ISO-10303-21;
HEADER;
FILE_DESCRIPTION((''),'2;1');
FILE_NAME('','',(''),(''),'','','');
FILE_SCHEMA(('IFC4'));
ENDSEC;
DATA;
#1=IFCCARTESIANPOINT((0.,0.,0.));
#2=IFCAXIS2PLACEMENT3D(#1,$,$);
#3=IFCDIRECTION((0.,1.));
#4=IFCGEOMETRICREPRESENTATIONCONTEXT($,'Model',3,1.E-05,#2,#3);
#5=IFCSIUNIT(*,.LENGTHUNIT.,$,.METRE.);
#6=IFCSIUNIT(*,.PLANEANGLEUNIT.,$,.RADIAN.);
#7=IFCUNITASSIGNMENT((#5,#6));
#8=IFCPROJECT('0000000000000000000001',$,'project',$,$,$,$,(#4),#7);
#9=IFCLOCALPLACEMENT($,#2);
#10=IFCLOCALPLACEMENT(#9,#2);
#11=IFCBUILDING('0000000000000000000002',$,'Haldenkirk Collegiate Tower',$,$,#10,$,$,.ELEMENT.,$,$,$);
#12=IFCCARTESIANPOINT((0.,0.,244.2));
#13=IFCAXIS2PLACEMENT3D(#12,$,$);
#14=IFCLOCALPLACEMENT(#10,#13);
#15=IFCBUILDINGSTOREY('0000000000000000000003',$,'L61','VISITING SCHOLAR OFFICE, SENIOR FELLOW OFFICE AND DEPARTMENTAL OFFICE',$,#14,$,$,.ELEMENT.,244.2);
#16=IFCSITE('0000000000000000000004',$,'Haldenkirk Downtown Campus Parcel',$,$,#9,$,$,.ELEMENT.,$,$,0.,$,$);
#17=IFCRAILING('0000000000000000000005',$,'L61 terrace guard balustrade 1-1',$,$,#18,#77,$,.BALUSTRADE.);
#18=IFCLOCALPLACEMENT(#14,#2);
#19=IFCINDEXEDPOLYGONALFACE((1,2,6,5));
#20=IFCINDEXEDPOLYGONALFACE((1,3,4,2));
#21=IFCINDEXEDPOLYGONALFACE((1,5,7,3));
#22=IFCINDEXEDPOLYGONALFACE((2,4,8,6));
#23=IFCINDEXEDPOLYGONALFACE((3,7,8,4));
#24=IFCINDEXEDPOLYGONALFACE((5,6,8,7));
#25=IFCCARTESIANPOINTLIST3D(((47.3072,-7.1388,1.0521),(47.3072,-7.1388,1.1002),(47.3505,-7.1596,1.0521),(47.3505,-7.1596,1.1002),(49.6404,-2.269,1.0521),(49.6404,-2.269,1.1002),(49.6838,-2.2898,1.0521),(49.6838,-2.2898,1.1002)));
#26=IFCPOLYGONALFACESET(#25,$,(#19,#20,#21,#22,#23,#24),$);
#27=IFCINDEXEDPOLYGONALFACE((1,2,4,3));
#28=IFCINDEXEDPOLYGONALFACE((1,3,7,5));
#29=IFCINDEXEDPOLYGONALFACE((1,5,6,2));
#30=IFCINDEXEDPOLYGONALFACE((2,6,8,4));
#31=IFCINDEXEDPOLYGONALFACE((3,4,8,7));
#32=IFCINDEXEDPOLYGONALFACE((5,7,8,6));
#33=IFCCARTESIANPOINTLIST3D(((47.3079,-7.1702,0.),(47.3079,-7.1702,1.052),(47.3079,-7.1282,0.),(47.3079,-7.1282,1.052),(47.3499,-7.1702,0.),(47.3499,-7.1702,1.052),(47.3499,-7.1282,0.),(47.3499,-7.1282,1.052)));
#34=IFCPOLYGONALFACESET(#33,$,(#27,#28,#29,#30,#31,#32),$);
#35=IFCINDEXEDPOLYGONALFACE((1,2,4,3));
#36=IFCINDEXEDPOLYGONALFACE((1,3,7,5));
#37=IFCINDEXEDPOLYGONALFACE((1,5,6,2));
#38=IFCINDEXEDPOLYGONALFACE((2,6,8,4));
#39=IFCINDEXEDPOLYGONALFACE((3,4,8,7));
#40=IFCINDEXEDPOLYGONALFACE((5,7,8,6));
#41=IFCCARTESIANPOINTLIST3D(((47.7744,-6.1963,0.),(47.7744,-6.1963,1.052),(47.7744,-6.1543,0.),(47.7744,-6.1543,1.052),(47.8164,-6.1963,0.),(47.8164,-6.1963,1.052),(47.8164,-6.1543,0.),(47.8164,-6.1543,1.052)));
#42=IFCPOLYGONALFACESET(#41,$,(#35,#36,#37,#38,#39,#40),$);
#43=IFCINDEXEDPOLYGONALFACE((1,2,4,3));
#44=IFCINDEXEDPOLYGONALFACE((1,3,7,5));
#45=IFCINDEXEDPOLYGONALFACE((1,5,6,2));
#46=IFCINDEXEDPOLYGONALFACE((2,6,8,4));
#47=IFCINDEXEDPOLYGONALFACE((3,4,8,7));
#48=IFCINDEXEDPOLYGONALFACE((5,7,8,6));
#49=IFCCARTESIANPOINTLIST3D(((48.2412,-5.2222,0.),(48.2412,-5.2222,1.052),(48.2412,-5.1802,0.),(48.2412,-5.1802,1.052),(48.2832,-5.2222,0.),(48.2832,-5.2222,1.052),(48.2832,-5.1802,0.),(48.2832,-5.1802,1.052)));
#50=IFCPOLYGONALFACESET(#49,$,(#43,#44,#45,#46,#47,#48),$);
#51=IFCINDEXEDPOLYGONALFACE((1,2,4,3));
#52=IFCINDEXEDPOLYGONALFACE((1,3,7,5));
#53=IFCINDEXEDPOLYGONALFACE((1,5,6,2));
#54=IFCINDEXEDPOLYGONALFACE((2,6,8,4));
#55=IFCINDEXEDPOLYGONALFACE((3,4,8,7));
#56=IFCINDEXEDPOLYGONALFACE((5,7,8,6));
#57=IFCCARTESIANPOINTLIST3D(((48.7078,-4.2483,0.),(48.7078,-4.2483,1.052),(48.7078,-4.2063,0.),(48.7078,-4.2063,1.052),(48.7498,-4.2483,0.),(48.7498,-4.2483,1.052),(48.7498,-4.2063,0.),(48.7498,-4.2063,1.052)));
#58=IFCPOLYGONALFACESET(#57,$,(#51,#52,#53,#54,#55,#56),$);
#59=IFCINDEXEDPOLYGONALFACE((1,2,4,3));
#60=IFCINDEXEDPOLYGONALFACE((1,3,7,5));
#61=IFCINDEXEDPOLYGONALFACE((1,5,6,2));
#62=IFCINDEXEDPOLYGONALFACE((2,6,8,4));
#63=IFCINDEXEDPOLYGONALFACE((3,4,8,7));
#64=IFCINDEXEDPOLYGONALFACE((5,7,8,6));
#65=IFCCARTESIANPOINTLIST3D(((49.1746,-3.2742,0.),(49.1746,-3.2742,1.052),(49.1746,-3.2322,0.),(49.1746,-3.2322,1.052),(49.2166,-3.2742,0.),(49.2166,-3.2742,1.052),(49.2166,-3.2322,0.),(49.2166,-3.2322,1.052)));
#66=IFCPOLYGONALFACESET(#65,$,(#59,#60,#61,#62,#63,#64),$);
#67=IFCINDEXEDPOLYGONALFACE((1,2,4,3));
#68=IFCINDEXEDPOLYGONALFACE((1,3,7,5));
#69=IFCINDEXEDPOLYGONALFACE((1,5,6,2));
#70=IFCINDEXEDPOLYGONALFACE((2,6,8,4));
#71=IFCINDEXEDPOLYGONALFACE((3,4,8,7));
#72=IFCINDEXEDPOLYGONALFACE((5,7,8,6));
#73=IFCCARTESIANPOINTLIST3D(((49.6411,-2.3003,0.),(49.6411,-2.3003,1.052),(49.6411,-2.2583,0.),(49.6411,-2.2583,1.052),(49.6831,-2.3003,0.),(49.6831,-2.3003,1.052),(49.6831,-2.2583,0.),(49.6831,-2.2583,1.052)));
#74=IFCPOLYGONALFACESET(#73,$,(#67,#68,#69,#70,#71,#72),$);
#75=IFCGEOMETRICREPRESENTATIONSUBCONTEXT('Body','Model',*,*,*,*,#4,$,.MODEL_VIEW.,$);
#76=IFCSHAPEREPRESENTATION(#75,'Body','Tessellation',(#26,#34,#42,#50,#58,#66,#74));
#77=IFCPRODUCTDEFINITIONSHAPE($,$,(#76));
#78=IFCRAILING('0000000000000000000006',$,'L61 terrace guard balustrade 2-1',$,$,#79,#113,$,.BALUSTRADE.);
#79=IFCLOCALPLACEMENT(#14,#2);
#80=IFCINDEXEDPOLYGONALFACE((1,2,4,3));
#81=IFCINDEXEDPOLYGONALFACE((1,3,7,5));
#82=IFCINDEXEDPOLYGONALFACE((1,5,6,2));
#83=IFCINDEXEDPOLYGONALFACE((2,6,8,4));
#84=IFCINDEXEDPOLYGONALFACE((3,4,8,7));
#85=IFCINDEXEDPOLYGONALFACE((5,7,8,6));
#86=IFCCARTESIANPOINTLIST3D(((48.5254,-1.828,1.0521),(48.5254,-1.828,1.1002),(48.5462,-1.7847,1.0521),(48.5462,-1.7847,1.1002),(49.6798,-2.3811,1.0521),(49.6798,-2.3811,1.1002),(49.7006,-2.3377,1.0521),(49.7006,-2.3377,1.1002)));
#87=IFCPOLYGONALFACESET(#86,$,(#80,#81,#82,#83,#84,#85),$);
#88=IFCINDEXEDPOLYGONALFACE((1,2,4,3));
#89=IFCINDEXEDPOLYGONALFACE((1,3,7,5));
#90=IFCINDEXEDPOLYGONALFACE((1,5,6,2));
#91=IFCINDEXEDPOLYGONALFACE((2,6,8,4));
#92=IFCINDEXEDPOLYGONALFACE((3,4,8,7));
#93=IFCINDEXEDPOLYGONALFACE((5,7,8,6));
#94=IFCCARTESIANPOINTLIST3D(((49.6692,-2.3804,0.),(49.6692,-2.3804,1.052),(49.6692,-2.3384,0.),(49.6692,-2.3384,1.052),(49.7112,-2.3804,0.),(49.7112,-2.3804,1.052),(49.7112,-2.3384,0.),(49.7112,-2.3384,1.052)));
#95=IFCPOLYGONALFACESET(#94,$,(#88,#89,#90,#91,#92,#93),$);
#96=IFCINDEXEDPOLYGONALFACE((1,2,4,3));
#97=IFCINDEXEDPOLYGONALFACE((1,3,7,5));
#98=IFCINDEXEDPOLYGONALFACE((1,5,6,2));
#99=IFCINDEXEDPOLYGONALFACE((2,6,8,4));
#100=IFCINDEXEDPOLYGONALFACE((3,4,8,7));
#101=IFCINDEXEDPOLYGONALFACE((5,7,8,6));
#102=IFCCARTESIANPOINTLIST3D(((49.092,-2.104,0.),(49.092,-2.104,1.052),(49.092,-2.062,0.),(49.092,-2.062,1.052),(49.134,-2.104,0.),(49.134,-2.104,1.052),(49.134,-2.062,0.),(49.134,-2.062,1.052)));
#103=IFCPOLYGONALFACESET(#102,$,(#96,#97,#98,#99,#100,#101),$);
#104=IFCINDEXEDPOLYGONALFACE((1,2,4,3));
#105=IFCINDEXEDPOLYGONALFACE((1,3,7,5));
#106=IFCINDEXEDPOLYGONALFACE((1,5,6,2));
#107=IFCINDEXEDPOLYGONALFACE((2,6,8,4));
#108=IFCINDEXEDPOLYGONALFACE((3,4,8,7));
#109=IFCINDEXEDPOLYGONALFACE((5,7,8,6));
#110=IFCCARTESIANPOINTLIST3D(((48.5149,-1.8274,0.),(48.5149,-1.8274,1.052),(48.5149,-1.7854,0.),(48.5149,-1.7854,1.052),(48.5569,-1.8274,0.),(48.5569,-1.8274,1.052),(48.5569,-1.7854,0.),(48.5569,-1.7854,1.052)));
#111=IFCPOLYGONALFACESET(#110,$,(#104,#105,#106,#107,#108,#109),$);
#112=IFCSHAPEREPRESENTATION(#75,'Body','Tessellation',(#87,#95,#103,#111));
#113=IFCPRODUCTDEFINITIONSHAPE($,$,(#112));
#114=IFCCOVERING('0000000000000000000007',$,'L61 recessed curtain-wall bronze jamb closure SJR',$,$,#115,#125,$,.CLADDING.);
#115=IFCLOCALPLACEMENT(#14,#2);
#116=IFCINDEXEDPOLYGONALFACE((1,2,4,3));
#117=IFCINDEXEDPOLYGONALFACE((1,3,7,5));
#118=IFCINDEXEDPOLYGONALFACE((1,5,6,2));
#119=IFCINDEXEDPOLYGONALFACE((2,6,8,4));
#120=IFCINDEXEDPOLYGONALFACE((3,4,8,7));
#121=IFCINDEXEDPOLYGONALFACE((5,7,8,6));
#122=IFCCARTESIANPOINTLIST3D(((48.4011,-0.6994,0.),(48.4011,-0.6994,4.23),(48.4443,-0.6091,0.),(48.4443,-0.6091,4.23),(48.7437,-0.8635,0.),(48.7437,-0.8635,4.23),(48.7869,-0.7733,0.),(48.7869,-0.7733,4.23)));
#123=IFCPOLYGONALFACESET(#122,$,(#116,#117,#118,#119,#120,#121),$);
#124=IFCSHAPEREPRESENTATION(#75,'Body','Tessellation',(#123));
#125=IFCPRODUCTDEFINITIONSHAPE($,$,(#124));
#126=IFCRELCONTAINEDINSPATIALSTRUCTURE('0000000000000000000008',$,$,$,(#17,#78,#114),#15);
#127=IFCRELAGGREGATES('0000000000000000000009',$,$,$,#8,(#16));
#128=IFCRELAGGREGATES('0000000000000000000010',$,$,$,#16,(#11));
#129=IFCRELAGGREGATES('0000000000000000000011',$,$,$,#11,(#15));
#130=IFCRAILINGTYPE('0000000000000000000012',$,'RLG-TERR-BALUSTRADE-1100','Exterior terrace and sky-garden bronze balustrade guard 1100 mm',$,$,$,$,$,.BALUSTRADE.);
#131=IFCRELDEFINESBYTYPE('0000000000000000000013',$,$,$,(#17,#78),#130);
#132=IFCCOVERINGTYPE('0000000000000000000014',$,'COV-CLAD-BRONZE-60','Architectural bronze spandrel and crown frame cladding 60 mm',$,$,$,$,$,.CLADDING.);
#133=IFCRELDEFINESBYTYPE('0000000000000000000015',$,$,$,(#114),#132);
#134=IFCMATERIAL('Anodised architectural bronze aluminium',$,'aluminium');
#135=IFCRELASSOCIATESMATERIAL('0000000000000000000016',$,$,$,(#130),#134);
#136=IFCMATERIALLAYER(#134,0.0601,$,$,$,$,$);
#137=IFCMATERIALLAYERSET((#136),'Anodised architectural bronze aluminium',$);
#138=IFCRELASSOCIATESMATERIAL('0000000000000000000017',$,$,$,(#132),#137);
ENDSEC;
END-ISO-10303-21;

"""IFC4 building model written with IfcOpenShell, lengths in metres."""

from ifc_helpers import new_model, si_unit, direction, frame, origin, origin_2d, place, context, subcontext, project, spatial, rectangle, extrude, source, transform, mapped, material, layer, layer_set, type_object, element, save


model = new_model("IFC4")

# Units and contexts
model_context = context("Model", 3, precision=1e-05, world=origin(), true_north=direction((0.0, 1.0)))
body_context = subcontext(model_context, "Body", "Model", "MODEL_VIEW")
ifc_project = project(units=[si_unit("LENGTHUNIT", "METRE"), si_unit("PLANEANGLEUNIT", "RADIAN")], contexts=[model_context])

# Site, building, storey
site_placement = place(None, origin())
site = spatial("IfcSite", under=ifc_project, at=site_placement, Name="Haldenkirk Downtown Campus Parcel", CompositionType="ELEMENT", RefElevation=0.0)
building_placement = place(site_placement, origin())
building = spatial("IfcBuilding", under=site, at=building_placement, Name="Haldenkirk Collegiate Tower", CompositionType="ELEMENT")
storey_placement = place(building_placement, frame((0.0, 0.0, 244.2)))
storey = spatial("IfcBuildingStorey", under=building, at=storey_placement, Name="L61", Description="VISITING SCHOLAR OFFICE, SENIOR FELLOW OFFICE AND DEPARTMENTAL OFFICE", CompositionType="ELEMENT", Elevation=244.2)

# Shared definitions
ifc_material_1 = material(Name="Anodised architectural bronze aluminium", Category="aluminium")

# Railings
railing_type = type_object("IfcRailingType", Name="RLG-TERR-BALUSTRADE-1100", Description="Exterior terrace and sky-garden bronze balustrade guard 1100 mm", PredefinedType="BALUSTRADE", material=ifc_material_1)
railing_1_placement = place(storey_placement, frame((47.3289, -7.1492, 0.0)))
element("IfcRailing", 1, at=railing_1_placement, inside=storey, type_object=railing_type, Name="L61 terrace guard balustrade 1-1", PredefinedType="BALUSTRADE", context=body_context, shape_type="SweptSolid", body=[
    extrude(rectangle(XDim=0.0481, YDim=0.0481, at=origin_2d()), frame((0.0, 0.0, 1.0762), z_axis=(0.432086, 0.901833, 0.0), x_axis=(-0.901833, 0.432086, 0.0)), (0.0, 0.0, 1.0), 5.3999),
    extrude(rectangle(XDim=0.042, YDim=0.042, at=origin_2d()), origin(), (0.0, 0.0, 1.0), 1.052),
    extrude(rectangle(XDim=0.042, YDim=0.042, at=origin_2d()), frame((0.4666, 0.9739, 0.0)), (0.0, 0.0, 1.0), 1.052),
    extrude(rectangle(XDim=0.042, YDim=0.042, at=origin_2d()), frame((0.9333, 1.948, 0.0)), (0.0, 0.0, 1.0), 1.052),
    extrude(rectangle(XDim=0.042, YDim=0.042, at=origin_2d()), frame((1.3999, 2.9219, 0.0)), (0.0, 0.0, 1.0), 1.052),
    extrude(rectangle(XDim=0.042, YDim=0.042, at=origin_2d()), frame((1.8667, 3.896, 0.0)), (0.0, 0.0, 1.0), 1.052),
    extrude(rectangle(XDim=0.042, YDim=0.042, at=origin_2d()), frame((2.3333, 4.8699, 0.0)), (0.0, 0.0, 1.0), 1.052),
])
railing_2_placement = place(storey_placement, frame((49.6902, -2.3594, 0.0)))
element("IfcRailing", 2, at=railing_2_placement, inside=storey, type_object=railing_type, Name="L61 terrace guard balustrade 2-1", PredefinedType="BALUSTRADE", context=body_context, shape_type="SweptSolid", body=[
    extrude(rectangle(XDim=0.0481, YDim=0.0481, at=origin_2d()), frame((0.0, 0.0, 1.0762), z_axis=(-0.901853, 0.432043, 0.0), x_axis=(-0.432043, -0.901853, 0.0)), (0.0, 0.0, 1.0), 1.28),
    extrude(rectangle(XDim=0.042, YDim=0.042, at=origin_2d()), origin(), (0.0, 0.0, 1.0), 1.052),
    extrude(rectangle(XDim=0.042, YDim=0.042, at=origin_2d()), frame((-0.5771, 0.2764, 0.0)), (0.0, 0.0, 1.0), 1.052),
    extrude(rectangle(XDim=0.042, YDim=0.042, at=origin_2d()), frame((-1.1543, 0.553, 0.0)), (0.0, 0.0, 1.0), 1.052),
])

# Covering
ifc_layer_1 = layer(ifc_material_1, 0.0601)
ifc_layer_set_1 = layer_set([ifc_layer_1], Name="Anodised architectural bronze aluminium")
covering_type = type_object("IfcCoveringType", Name="COV-CLAD-BRONZE-60", Description="Architectural bronze spandrel and crown frame cladding 60 mm", PredefinedType="CLADDING", material=ifc_layer_set_1)
shared_shape_1 = source(origin(), body_context, "Body", "SweptSolid", [
    extrude(rectangle(XDim=0.1001, YDim=0.3799, at=origin_2d()), origin(), (0.0, 0.0, 1.0), 4.23),
])
covering_placement = place(storey_placement, frame((48.594, -0.7363, 0.0), z_axis=(0.0, 0.0, 1.0), x_axis=(-0.432086, -0.901833, 0.0)))
element("IfcCovering", 3, at=covering_placement, inside=storey, type_object=covering_type, Name="L61 recessed curtain-wall bronze jamb closure SJR", PredefinedType="CLADDING", context=body_context, shape_type="MappedRepresentation", body=[
    mapped(shared_shape_1, transform((0.0, 0.0, 0.0), x_axis=(1.0, 0.0, 0.0), y_axis=(0.0, 1.0, 0.0), z_axis=(0.0, 0.0, 1.0), scale=1.0)),
])

save(model, "model.ifc")
